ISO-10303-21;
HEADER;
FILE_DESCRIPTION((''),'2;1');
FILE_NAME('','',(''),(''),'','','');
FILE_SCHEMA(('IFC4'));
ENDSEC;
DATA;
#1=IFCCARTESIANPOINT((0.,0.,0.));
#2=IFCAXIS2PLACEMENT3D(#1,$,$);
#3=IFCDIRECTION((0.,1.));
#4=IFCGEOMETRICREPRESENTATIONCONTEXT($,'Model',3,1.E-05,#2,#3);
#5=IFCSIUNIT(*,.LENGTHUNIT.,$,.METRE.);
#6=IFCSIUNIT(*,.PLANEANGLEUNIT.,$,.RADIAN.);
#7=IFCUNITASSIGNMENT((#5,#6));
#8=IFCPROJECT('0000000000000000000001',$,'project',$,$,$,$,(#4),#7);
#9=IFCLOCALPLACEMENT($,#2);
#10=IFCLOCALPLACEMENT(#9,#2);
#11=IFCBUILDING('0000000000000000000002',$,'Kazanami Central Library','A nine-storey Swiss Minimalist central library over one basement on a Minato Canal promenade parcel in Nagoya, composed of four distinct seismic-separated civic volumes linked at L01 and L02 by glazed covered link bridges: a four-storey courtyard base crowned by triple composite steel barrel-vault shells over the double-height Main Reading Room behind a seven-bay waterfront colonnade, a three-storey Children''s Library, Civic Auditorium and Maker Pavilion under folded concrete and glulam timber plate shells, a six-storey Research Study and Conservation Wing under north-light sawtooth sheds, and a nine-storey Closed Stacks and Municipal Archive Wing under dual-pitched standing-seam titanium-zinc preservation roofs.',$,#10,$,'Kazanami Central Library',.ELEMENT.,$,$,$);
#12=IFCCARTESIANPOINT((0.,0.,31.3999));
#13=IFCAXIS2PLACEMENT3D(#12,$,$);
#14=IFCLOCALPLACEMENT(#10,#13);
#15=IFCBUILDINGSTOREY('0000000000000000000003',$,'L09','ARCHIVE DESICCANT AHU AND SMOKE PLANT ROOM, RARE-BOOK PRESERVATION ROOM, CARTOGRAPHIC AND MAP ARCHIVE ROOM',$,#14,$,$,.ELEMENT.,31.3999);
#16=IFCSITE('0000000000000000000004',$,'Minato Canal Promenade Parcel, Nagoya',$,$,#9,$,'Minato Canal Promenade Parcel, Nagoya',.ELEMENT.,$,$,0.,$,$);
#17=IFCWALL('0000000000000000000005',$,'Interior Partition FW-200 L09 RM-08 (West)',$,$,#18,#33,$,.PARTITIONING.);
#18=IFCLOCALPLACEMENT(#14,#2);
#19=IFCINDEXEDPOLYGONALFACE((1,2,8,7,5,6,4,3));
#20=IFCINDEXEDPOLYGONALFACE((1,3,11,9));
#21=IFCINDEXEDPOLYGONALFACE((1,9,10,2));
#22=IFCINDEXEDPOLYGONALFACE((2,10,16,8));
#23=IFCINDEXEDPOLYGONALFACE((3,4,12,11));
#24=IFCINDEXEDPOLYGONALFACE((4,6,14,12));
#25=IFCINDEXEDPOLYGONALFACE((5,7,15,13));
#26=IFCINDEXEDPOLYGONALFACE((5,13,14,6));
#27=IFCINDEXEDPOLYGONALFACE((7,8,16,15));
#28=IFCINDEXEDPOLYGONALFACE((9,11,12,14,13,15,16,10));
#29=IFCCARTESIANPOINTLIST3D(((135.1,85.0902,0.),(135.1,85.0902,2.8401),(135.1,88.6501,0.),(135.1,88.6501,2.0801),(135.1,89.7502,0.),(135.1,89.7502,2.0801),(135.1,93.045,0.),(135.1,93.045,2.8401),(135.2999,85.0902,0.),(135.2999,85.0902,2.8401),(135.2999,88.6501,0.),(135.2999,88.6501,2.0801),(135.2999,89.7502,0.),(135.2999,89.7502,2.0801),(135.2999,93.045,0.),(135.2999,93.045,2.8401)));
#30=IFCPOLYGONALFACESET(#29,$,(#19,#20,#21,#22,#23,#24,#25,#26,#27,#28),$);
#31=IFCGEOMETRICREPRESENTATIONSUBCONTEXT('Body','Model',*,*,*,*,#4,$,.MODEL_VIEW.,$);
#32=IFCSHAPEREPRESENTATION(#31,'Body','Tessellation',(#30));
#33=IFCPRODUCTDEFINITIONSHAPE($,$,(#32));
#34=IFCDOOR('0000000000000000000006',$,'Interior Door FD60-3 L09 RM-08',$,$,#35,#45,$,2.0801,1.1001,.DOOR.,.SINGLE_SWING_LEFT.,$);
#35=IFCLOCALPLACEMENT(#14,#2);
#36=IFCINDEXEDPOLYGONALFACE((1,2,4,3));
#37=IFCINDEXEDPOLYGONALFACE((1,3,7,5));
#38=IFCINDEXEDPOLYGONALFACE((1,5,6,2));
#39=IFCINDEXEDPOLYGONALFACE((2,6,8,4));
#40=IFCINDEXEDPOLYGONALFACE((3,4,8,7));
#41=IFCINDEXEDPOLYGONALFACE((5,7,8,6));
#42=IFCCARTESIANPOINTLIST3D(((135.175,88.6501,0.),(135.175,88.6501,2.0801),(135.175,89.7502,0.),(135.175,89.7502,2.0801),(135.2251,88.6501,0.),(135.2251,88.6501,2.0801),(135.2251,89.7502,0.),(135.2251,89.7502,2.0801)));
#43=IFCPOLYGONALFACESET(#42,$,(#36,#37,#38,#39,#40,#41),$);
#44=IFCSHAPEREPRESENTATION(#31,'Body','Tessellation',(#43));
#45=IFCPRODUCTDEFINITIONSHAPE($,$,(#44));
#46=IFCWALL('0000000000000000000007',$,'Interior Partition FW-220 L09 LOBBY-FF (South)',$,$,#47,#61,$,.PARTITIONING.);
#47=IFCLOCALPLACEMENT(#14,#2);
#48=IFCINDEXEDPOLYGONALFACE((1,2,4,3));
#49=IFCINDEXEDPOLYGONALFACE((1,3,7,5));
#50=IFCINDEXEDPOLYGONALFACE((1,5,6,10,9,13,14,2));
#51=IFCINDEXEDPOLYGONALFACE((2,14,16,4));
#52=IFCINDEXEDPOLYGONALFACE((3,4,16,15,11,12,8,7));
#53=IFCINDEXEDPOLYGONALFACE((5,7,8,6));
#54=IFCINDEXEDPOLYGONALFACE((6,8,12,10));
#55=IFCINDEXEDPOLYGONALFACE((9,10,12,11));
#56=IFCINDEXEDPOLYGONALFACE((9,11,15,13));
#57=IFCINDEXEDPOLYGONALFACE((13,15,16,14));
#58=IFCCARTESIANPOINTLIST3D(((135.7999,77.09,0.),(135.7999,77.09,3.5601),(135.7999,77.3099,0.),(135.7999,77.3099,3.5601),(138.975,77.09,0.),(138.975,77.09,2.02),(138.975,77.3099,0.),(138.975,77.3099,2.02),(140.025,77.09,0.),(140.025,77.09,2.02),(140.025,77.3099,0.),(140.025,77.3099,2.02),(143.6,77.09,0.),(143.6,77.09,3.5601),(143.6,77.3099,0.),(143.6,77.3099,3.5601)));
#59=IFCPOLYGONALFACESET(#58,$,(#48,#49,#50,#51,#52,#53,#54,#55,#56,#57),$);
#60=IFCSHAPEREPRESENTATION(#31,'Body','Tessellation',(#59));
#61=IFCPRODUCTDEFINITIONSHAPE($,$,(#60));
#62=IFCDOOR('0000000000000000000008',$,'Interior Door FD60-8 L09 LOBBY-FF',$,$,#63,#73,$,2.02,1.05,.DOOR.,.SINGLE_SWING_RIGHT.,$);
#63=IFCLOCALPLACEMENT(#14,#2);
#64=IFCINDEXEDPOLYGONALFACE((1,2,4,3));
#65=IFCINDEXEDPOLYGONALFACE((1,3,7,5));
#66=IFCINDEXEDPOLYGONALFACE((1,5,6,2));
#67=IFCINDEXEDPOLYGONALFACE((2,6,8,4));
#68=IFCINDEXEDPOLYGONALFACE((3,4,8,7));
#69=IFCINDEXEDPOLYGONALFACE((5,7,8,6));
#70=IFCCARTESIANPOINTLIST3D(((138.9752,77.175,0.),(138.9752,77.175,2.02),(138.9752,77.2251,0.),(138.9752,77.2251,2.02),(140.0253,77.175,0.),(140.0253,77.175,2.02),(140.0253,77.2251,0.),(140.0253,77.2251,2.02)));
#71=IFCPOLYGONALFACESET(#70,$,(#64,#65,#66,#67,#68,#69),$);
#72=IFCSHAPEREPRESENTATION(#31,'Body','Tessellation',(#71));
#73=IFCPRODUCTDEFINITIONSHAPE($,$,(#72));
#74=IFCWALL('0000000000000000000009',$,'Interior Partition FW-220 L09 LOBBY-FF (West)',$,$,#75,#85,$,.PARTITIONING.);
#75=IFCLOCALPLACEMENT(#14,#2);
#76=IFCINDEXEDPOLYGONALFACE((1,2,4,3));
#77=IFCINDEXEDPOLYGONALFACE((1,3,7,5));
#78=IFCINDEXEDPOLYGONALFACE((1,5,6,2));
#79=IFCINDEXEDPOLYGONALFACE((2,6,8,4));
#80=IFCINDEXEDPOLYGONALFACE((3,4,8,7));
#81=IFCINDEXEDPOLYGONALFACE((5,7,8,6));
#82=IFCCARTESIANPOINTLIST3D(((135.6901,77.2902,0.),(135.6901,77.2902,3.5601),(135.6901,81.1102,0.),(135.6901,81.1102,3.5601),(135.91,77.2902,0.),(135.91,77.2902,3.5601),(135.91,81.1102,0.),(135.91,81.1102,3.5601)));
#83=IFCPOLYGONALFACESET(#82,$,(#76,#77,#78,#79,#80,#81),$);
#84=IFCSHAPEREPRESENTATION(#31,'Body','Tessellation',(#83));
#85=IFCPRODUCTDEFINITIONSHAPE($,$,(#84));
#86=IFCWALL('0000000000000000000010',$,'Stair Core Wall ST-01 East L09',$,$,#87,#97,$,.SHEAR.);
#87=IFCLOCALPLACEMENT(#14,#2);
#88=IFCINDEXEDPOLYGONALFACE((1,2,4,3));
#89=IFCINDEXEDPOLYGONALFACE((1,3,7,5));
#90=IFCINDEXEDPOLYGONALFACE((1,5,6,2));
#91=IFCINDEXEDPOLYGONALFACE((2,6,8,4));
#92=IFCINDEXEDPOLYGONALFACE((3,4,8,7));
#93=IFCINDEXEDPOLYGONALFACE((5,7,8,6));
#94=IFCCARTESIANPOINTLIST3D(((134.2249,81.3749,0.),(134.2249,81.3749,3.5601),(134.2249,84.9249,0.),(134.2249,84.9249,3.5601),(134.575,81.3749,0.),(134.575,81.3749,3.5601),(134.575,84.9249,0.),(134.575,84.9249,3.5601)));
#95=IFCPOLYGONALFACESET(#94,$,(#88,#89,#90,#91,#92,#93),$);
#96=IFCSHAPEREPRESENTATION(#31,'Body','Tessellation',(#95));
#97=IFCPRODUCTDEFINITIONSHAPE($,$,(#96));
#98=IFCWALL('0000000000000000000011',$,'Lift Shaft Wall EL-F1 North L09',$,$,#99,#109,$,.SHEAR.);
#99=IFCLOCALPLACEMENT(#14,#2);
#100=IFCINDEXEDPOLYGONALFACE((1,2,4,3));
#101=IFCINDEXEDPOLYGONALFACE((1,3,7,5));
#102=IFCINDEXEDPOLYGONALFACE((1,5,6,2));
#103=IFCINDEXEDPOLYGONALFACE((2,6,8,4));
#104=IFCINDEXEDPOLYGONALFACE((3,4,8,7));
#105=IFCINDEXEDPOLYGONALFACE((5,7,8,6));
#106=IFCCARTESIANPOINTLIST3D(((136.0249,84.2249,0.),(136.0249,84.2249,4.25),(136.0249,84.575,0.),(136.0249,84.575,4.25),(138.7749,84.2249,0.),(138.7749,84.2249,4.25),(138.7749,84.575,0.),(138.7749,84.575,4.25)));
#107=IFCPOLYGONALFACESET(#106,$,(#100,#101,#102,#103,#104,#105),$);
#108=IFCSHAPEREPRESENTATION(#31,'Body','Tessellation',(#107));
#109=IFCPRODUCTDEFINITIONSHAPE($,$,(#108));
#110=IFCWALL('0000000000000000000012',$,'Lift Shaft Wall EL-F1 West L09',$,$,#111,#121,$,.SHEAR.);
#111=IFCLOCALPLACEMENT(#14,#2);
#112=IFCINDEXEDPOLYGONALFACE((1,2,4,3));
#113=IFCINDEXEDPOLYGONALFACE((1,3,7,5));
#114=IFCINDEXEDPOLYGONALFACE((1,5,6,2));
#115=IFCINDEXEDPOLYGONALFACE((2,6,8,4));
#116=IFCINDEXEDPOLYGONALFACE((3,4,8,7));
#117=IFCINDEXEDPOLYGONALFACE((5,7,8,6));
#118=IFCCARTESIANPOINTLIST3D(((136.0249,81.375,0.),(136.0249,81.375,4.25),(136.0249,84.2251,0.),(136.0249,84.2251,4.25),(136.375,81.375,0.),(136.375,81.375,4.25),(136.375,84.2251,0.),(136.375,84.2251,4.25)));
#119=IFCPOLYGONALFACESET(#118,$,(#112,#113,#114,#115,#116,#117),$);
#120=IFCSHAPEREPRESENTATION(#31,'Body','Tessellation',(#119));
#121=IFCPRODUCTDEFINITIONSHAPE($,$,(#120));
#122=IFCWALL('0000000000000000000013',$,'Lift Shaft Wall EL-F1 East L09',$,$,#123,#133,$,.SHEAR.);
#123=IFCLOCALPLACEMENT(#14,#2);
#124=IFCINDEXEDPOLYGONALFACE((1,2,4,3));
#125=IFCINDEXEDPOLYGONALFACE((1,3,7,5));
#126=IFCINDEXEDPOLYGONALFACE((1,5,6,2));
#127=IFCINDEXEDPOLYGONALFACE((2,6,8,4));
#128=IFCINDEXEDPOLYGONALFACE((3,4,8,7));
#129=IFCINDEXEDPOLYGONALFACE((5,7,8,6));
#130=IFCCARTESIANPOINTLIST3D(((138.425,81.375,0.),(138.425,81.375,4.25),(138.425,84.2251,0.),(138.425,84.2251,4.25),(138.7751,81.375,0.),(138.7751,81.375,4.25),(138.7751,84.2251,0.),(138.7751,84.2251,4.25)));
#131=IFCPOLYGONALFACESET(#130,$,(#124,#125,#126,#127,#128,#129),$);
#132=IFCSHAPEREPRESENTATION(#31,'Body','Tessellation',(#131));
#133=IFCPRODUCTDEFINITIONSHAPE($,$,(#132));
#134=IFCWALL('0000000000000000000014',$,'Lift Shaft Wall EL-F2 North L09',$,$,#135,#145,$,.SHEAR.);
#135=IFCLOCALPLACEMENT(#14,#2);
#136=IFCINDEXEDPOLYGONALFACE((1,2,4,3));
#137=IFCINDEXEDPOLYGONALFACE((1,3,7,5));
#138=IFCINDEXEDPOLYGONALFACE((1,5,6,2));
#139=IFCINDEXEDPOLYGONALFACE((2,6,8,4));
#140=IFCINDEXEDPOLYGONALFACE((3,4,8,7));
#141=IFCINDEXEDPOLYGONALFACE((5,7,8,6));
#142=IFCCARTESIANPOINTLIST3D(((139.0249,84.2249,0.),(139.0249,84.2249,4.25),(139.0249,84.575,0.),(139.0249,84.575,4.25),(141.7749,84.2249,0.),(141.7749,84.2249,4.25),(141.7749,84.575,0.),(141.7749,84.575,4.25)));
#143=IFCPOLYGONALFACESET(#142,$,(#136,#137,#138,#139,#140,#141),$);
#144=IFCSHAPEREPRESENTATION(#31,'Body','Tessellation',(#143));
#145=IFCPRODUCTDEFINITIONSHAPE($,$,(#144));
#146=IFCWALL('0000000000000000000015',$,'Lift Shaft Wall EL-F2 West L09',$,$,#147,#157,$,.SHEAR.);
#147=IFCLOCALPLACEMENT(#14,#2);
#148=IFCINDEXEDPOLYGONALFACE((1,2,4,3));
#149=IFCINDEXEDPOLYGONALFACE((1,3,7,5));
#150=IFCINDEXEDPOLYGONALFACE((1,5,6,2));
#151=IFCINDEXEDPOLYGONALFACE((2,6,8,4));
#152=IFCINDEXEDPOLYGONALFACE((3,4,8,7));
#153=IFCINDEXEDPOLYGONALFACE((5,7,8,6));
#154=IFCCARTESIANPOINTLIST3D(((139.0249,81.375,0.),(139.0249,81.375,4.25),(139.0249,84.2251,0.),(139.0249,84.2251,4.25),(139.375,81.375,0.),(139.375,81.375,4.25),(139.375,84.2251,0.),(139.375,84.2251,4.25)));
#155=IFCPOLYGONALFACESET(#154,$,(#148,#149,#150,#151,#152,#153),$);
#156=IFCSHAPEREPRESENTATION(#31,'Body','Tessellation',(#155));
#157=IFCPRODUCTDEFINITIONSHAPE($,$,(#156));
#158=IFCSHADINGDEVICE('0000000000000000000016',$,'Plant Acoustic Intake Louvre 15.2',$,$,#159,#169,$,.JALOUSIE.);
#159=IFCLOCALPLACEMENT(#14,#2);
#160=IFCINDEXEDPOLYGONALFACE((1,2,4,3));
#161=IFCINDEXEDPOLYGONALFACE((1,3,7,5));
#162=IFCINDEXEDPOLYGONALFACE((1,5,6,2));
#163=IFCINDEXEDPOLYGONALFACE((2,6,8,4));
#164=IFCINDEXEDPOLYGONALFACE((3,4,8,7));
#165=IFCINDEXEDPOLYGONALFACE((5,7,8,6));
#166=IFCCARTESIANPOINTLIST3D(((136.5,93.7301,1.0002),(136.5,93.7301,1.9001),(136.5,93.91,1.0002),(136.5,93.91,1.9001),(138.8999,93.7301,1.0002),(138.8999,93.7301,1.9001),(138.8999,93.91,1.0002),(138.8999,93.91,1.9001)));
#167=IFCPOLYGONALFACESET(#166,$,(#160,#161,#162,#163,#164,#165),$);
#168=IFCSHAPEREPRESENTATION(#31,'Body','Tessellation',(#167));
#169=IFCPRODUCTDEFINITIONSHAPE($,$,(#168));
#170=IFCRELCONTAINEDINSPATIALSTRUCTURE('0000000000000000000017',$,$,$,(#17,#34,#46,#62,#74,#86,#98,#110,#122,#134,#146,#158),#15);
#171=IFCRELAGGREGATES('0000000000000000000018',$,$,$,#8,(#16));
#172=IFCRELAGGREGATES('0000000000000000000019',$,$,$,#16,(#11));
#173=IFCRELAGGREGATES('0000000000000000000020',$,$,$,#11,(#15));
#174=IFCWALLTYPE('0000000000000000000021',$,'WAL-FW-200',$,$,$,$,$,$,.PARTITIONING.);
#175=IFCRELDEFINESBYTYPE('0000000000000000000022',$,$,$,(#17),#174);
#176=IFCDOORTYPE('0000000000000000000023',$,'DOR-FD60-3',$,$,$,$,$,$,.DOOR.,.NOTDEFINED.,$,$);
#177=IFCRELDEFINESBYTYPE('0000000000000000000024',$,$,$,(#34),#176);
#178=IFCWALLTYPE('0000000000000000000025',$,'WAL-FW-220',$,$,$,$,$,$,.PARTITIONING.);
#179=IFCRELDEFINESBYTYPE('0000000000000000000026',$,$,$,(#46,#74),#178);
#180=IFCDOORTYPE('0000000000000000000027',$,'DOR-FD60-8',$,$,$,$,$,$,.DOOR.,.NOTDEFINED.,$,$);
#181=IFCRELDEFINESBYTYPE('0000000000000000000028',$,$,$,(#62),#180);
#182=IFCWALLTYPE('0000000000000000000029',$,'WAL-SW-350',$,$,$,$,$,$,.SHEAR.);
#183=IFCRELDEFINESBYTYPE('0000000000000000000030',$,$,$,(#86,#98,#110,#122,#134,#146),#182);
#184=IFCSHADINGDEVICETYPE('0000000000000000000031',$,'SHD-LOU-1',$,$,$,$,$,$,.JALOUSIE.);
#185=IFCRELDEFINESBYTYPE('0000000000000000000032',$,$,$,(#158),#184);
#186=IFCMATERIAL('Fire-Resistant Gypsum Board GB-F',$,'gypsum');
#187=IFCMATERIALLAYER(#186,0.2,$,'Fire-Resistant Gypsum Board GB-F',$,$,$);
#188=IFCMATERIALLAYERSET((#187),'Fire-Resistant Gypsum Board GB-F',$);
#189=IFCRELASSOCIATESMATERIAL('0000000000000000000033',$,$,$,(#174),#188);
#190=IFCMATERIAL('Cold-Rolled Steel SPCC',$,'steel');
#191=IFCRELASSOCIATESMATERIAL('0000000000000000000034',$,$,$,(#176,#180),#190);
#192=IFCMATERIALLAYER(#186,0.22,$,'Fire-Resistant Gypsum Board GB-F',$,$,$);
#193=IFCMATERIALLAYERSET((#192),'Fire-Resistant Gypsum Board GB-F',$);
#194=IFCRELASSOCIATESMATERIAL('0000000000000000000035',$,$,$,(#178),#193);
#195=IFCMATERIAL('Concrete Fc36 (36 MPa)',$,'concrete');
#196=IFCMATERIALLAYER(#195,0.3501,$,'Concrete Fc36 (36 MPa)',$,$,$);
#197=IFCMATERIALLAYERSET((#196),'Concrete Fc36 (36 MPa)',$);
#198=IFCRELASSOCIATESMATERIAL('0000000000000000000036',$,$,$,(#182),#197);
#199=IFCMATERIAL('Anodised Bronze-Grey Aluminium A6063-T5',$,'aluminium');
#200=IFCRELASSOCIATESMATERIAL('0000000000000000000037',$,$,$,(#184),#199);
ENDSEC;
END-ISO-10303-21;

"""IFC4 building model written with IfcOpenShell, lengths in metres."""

from ifc_helpers import new_model, si_unit, direction, frame, frame_2d, origin, origin_2d, place, context, subcontext, project, spatial, rectangle, extrude, material, layer, layer_set, type_object, element, fill, save


model = new_model("IFC4")

# Units and contexts
model_context = context("Model", 3, precision=1e-05, world=origin(), true_north=direction((0.0, 1.0)))
body_context = subcontext(model_context, "Body", "Model", "MODEL_VIEW")
ifc_project = project(units=[si_unit("LENGTHUNIT", "METRE"), si_unit("PLANEANGLEUNIT", "RADIAN")], contexts=[model_context])

# Site, building, storey
site_placement = place(None, origin())
site = spatial("IfcSite", under=ifc_project, at=site_placement, Name="Minato Canal Promenade Parcel, Nagoya", LongName="Minato Canal Promenade Parcel, Nagoya", CompositionType="ELEMENT", RefElevation=0.0)
building_placement = place(site_placement, origin())
building = spatial("IfcBuilding", under=site, at=building_placement, Name="Kazanami Central Library", Description="A nine-storey Swiss Minimalist central library over one basement on a Minato Canal promenade parcel in Nagoya, composed of four distinct seismic-separated civic volumes linked at L01 and L02 by glazed covered link bridges: a four-storey courtyard base crowned by triple composite steel barrel-vault shells over the double-height Main Reading Room behind a seven-bay waterfront colonnade, a three-storey Children's Library, Civic Auditorium and Maker Pavilion under folded concrete and glulam timber plate shells, a six-storey Research Study and Conservation Wing under north-light sawtooth sheds, and a nine-storey Closed Stacks and Municipal Archive Wing under dual-pitched standing-seam titanium-zinc preservation roofs.", LongName="Kazanami Central Library", CompositionType="ELEMENT")
storey_placement = place(building_placement, frame((0.0, 0.0, 31.3999)))
storey = spatial("IfcBuildingStorey", under=building, at=storey_placement, Name="L09", Description="ARCHIVE DESICCANT AHU AND SMOKE PLANT ROOM, RARE-BOOK PRESERVATION ROOM, CARTOGRAPHIC AND MAP ARCHIVE ROOM", CompositionType="ELEMENT", Elevation=31.3999)

# Shared definitions
ifc_material_1 = material(Name="Concrete Fc36 (36 MPa)", Category="concrete")

# Walls, openings, doors
ifc_material_2 = material(Name="Fire-Resistant Gypsum Board GB-F", Category="gypsum")
ifc_material_3 = material(Name="Cold-Rolled Steel SPCC", Category="steel")
ifc_layer_1 = layer(ifc_material_2, 0.2, Name="Fire-Resistant Gypsum Board GB-F")
ifc_layer_set_1 = layer_set([ifc_layer_1], Name="Fire-Resistant Gypsum Board GB-F")
wall_type_1 = type_object("IfcWallType", Name="WAL-FW-200", PredefinedType="PARTITIONING", material=ifc_layer_set_1)
wall_1_placement = place(storey_placement, frame((135.2, 85.0901, 0.0), z_axis=(0.0, 0.0, 1.0), x_axis=(0.0, 1.0, 0.0)))
wall_1 = element("IfcWall", 1, at=wall_1_placement, inside=storey, type_object=wall_type_1, Name="Interior Partition FW-200 L09 RM-08 (West)", PredefinedType="PARTITIONING", context=body_context, shape_type="SweptSolid", body=[
    extrude(rectangle(XDim=7.9548, YDim=0.2, at=frame_2d((3.9775, 0.0))), origin(), (0.0, 0.0, 1.0), 2.8401),
])
opening_1_placement = place(wall_1_placement, frame((3.5601, 0.0, 0.0)))
opening_1 = element("IfcOpeningElement", 2, at=opening_1_placement, cuts=wall_1, PredefinedType="OPENING", context=body_context, shape_type="SweptSolid", body=[
    extrude(rectangle(XDim=1.1001, YDim=2.0801, at=frame_2d((0.55, 1.04))), frame((0.0, 0.1118, 0.0), z_axis=(0.0, -1.0, 0.0), x_axis=(1.0, 0.0, 0.0)), (0.0, 0.0, 1.0), 0.2239),
])
door_type_1 = type_object("IfcDoorType", Name="DOR-FD60-3", OperationType="NOTDEFINED", PredefinedType="DOOR", material=ifc_material_3)
door_1_placement = place(opening_1_placement, origin())
door_1 = element("IfcDoor", 3, at=door_1_placement, inside=storey, type_object=door_type_1, Name="Interior Door FD60-3 L09 RM-08", OperationType="SINGLE_SWING_LEFT", OverallHeight=2.0801, OverallWidth=1.1001, PredefinedType="DOOR", context=body_context, shape_type="SweptSolid", body=[
    extrude(rectangle(XDim=1.1001, YDim=2.0801, at=frame_2d((0.55, 1.04))), frame((0.0, 0.0249, 0.0), z_axis=(0.0, -1.0, 0.0), x_axis=(1.0, 0.0, 0.0)), (0.0, 0.0, 1.0), 0.05),
])
fill(opening_1, door_1)
ifc_layer_2 = layer(ifc_material_2, 0.22, Name="Fire-Resistant Gypsum Board GB-F")
ifc_layer_set_2 = layer_set([ifc_layer_2], Name="Fire-Resistant Gypsum Board GB-F")
wall_type_2 = type_object("IfcWallType", Name="WAL-FW-220", PredefinedType="PARTITIONING", material=ifc_layer_set_2)
wall_2_placement = place(storey_placement, frame((135.8, 77.2, 0.0), z_axis=(0.0, 0.0, 1.0), x_axis=(1.0, 0.0, 0.0)))
wall_2 = element("IfcWall", 4, at=wall_2_placement, inside=storey, type_object=wall_type_2, Name="Interior Partition FW-220 L09 LOBBY-FF (South)", PredefinedType="PARTITIONING", context=body_context, shape_type="SweptSolid", body=[
    extrude(rectangle(XDim=7.8, YDim=0.22, at=frame_2d((3.8999, 0.0))), origin(), (0.0, 0.0, 1.0), 3.5601),
])
opening_2_placement = place(wall_2_placement, frame((3.175, 0.0, 0.0)))
opening_2 = element("IfcOpeningElement", 5, at=opening_2_placement, cuts=wall_2, PredefinedType="OPENING", context=body_context, shape_type="SweptSolid", body=[
    extrude(rectangle(XDim=1.05, YDim=2.02, at=frame_2d((0.5249, 1.01))), frame((0.0, 0.1221, 0.0), z_axis=(0.0, -1.0, 0.0), x_axis=(1.0, 0.0, 0.0)), (0.0, 0.0, 1.0), 0.2439),
])
door_type_2 = type_object("IfcDoorType", Name="DOR-FD60-8", OperationType="NOTDEFINED", PredefinedType="DOOR", material=ifc_material_3)
door_2_placement = place(opening_2_placement, frame((1.05, 0.0, 0.0), z_axis=(0.0, 0.0, 1.0), x_axis=(-1.0, 0.0, 0.0)))
door_2 = element("IfcDoor", 6, at=door_2_placement, inside=storey, type_object=door_type_2, Name="Interior Door FD60-8 L09 LOBBY-FF", OperationType="SINGLE_SWING_RIGHT", OverallHeight=2.02, OverallWidth=1.05, PredefinedType="DOOR", context=body_context, shape_type="SweptSolid", body=[
    extrude(rectangle(XDim=1.05, YDim=2.02, at=frame_2d((0.5249, 1.01))), frame((0.0, 0.0249, 0.0), z_axis=(0.0, -1.0, 0.0), x_axis=(1.0, 0.0, 0.0)), (0.0, 0.0, 1.0), 0.05),
])
fill(opening_2, door_2)

# Walls
wall_3_placement = place(storey_placement, frame((135.8, 77.29, 0.0), z_axis=(0.0, 0.0, 1.0), x_axis=(0.0, 1.0, 0.0)))
element("IfcWall", 7, at=wall_3_placement, inside=storey, type_object=wall_type_2, Name="Interior Partition FW-220 L09 LOBBY-FF (West)", PredefinedType="PARTITIONING", context=body_context, shape_type="SweptSolid", body=[
    extrude(rectangle(XDim=3.8201, YDim=0.22, at=frame_2d((1.9102, 0.0))), origin(), (0.0, 0.0, 1.0), 3.5601),
])
ifc_layer_3 = layer(ifc_material_1, 0.3501, Name="Concrete Fc36 (36 MPa)")
ifc_layer_set_3 = layer_set([ifc_layer_3], Name="Concrete Fc36 (36 MPa)")
wall_type_3 = type_object("IfcWallType", Name="WAL-SW-350", PredefinedType="SHEAR", material=ifc_layer_set_3)
wall_4_placement = place(storey_placement, frame((134.3999, 81.375, 0.0), z_axis=(0.0, 0.0, 1.0), x_axis=(0.0, 1.0, 0.0)))
element("IfcWall", 8, at=wall_4_placement, inside=storey, type_object=wall_type_3, Name="Stair Core Wall ST-01 East L09", PredefinedType="SHEAR", context=body_context, shape_type="SweptSolid", body=[
    extrude(rectangle(XDim=3.55, YDim=0.3501, at=frame_2d((1.7749, 0.0))), origin(), (0.0, 0.0, 1.0), 3.5601),
])

# Walls
wall_5_placement = place(storey_placement, frame((136.0249, 84.3999, 0.0), z_axis=(0.0, 0.0, 1.0), x_axis=(1.0, 0.0, 0.0)))
element("IfcWall", 9, at=wall_5_placement, inside=storey, type_object=wall_type_3, Name="Lift Shaft Wall EL-F1 North L09", PredefinedType="SHEAR", context=body_context, shape_type="SweptSolid", body=[
    extrude(rectangle(XDim=2.75, YDim=0.3501, at=frame_2d((1.375, 0.0))), origin(), (0.0, 0.0, 1.0), 4.25),
])
for number, where, z_axis, x_axis, name in (
    (10, (136.2, 81.375, 0.0), (0.0, 0.0, 1.0), (0.0, 1.0, 0.0), "Lift Shaft Wall EL-F1 West L09"),
    (11, (138.6001, 81.375, 0.0), (0.0, 0.0, 1.0), (0.0, 1.0, 0.0), "Lift Shaft Wall EL-F1 East L09"),
):
    element("IfcWall", number, at=place(storey_placement, frame(where, z_axis=z_axis, x_axis=x_axis)), inside=storey, type_object=wall_type_3, Name=name, PredefinedType="SHEAR", context=body_context, shape_type="SweptSolid", body=[
        extrude(rectangle(XDim=2.8501, YDim=0.3501, at=frame_2d((1.425, 0.0))), origin(), (0.0, 0.0, 1.0), 4.25),
    ])

# Walls
wall_6_placement = place(storey_placement, frame((139.0249, 84.3999, 0.0), z_axis=(0.0, 0.0, 1.0), x_axis=(1.0, 0.0, 0.0)))
element("IfcWall", 12, at=wall_6_placement, inside=storey, type_object=wall_type_3, Name="Lift Shaft Wall EL-F2 North L09", PredefinedType="SHEAR", context=body_context, shape_type="SweptSolid", body=[
    extrude(rectangle(XDim=2.75, YDim=0.3501, at=frame_2d((1.375, 0.0))), origin(), (0.0, 0.0, 1.0), 4.25),
])
wall_7_placement = place(storey_placement, frame((139.2, 81.375, 0.0), z_axis=(0.0, 0.0, 1.0), x_axis=(0.0, 1.0, 0.0)))
element("IfcWall", 13, at=wall_7_placement, inside=storey, type_object=wall_type_3, Name="Lift Shaft Wall EL-F2 West L09", PredefinedType="SHEAR", context=body_context, shape_type="SweptSolid", body=[
    extrude(rectangle(XDim=2.8501, YDim=0.3501, at=frame_2d((1.425, 0.0))), origin(), (0.0, 0.0, 1.0), 4.25),
])

# Shading device
ifc_material_4 = material(Name="Anodised Bronze-Grey Aluminium A6063-T5", Category="aluminium")
shading_device_type = type_object("IfcShadingDeviceType", Name="SHD-LOU-1", PredefinedType="JALOUSIE", material=ifc_material_4)
shading_device_placement = place(storey_placement, frame((137.7, 93.8201, 1.0002), z_axis=(0.0, 0.0, 1.0), x_axis=(-1.0, 0.0, 0.0)))
element("IfcShadingDevice", 14, at=shading_device_placement, inside=storey, type_object=shading_device_type, Name="Plant Acoustic Intake Louvre 15.2", PredefinedType="JALOUSIE", context=body_context, shape_type="SweptSolid", body=[
    extrude(rectangle(XDim=2.3999, YDim=0.1799, at=origin_2d()), origin(), (0.0, 0.0, 1.0), 0.8999),
])

save(model, "model.ifc")
